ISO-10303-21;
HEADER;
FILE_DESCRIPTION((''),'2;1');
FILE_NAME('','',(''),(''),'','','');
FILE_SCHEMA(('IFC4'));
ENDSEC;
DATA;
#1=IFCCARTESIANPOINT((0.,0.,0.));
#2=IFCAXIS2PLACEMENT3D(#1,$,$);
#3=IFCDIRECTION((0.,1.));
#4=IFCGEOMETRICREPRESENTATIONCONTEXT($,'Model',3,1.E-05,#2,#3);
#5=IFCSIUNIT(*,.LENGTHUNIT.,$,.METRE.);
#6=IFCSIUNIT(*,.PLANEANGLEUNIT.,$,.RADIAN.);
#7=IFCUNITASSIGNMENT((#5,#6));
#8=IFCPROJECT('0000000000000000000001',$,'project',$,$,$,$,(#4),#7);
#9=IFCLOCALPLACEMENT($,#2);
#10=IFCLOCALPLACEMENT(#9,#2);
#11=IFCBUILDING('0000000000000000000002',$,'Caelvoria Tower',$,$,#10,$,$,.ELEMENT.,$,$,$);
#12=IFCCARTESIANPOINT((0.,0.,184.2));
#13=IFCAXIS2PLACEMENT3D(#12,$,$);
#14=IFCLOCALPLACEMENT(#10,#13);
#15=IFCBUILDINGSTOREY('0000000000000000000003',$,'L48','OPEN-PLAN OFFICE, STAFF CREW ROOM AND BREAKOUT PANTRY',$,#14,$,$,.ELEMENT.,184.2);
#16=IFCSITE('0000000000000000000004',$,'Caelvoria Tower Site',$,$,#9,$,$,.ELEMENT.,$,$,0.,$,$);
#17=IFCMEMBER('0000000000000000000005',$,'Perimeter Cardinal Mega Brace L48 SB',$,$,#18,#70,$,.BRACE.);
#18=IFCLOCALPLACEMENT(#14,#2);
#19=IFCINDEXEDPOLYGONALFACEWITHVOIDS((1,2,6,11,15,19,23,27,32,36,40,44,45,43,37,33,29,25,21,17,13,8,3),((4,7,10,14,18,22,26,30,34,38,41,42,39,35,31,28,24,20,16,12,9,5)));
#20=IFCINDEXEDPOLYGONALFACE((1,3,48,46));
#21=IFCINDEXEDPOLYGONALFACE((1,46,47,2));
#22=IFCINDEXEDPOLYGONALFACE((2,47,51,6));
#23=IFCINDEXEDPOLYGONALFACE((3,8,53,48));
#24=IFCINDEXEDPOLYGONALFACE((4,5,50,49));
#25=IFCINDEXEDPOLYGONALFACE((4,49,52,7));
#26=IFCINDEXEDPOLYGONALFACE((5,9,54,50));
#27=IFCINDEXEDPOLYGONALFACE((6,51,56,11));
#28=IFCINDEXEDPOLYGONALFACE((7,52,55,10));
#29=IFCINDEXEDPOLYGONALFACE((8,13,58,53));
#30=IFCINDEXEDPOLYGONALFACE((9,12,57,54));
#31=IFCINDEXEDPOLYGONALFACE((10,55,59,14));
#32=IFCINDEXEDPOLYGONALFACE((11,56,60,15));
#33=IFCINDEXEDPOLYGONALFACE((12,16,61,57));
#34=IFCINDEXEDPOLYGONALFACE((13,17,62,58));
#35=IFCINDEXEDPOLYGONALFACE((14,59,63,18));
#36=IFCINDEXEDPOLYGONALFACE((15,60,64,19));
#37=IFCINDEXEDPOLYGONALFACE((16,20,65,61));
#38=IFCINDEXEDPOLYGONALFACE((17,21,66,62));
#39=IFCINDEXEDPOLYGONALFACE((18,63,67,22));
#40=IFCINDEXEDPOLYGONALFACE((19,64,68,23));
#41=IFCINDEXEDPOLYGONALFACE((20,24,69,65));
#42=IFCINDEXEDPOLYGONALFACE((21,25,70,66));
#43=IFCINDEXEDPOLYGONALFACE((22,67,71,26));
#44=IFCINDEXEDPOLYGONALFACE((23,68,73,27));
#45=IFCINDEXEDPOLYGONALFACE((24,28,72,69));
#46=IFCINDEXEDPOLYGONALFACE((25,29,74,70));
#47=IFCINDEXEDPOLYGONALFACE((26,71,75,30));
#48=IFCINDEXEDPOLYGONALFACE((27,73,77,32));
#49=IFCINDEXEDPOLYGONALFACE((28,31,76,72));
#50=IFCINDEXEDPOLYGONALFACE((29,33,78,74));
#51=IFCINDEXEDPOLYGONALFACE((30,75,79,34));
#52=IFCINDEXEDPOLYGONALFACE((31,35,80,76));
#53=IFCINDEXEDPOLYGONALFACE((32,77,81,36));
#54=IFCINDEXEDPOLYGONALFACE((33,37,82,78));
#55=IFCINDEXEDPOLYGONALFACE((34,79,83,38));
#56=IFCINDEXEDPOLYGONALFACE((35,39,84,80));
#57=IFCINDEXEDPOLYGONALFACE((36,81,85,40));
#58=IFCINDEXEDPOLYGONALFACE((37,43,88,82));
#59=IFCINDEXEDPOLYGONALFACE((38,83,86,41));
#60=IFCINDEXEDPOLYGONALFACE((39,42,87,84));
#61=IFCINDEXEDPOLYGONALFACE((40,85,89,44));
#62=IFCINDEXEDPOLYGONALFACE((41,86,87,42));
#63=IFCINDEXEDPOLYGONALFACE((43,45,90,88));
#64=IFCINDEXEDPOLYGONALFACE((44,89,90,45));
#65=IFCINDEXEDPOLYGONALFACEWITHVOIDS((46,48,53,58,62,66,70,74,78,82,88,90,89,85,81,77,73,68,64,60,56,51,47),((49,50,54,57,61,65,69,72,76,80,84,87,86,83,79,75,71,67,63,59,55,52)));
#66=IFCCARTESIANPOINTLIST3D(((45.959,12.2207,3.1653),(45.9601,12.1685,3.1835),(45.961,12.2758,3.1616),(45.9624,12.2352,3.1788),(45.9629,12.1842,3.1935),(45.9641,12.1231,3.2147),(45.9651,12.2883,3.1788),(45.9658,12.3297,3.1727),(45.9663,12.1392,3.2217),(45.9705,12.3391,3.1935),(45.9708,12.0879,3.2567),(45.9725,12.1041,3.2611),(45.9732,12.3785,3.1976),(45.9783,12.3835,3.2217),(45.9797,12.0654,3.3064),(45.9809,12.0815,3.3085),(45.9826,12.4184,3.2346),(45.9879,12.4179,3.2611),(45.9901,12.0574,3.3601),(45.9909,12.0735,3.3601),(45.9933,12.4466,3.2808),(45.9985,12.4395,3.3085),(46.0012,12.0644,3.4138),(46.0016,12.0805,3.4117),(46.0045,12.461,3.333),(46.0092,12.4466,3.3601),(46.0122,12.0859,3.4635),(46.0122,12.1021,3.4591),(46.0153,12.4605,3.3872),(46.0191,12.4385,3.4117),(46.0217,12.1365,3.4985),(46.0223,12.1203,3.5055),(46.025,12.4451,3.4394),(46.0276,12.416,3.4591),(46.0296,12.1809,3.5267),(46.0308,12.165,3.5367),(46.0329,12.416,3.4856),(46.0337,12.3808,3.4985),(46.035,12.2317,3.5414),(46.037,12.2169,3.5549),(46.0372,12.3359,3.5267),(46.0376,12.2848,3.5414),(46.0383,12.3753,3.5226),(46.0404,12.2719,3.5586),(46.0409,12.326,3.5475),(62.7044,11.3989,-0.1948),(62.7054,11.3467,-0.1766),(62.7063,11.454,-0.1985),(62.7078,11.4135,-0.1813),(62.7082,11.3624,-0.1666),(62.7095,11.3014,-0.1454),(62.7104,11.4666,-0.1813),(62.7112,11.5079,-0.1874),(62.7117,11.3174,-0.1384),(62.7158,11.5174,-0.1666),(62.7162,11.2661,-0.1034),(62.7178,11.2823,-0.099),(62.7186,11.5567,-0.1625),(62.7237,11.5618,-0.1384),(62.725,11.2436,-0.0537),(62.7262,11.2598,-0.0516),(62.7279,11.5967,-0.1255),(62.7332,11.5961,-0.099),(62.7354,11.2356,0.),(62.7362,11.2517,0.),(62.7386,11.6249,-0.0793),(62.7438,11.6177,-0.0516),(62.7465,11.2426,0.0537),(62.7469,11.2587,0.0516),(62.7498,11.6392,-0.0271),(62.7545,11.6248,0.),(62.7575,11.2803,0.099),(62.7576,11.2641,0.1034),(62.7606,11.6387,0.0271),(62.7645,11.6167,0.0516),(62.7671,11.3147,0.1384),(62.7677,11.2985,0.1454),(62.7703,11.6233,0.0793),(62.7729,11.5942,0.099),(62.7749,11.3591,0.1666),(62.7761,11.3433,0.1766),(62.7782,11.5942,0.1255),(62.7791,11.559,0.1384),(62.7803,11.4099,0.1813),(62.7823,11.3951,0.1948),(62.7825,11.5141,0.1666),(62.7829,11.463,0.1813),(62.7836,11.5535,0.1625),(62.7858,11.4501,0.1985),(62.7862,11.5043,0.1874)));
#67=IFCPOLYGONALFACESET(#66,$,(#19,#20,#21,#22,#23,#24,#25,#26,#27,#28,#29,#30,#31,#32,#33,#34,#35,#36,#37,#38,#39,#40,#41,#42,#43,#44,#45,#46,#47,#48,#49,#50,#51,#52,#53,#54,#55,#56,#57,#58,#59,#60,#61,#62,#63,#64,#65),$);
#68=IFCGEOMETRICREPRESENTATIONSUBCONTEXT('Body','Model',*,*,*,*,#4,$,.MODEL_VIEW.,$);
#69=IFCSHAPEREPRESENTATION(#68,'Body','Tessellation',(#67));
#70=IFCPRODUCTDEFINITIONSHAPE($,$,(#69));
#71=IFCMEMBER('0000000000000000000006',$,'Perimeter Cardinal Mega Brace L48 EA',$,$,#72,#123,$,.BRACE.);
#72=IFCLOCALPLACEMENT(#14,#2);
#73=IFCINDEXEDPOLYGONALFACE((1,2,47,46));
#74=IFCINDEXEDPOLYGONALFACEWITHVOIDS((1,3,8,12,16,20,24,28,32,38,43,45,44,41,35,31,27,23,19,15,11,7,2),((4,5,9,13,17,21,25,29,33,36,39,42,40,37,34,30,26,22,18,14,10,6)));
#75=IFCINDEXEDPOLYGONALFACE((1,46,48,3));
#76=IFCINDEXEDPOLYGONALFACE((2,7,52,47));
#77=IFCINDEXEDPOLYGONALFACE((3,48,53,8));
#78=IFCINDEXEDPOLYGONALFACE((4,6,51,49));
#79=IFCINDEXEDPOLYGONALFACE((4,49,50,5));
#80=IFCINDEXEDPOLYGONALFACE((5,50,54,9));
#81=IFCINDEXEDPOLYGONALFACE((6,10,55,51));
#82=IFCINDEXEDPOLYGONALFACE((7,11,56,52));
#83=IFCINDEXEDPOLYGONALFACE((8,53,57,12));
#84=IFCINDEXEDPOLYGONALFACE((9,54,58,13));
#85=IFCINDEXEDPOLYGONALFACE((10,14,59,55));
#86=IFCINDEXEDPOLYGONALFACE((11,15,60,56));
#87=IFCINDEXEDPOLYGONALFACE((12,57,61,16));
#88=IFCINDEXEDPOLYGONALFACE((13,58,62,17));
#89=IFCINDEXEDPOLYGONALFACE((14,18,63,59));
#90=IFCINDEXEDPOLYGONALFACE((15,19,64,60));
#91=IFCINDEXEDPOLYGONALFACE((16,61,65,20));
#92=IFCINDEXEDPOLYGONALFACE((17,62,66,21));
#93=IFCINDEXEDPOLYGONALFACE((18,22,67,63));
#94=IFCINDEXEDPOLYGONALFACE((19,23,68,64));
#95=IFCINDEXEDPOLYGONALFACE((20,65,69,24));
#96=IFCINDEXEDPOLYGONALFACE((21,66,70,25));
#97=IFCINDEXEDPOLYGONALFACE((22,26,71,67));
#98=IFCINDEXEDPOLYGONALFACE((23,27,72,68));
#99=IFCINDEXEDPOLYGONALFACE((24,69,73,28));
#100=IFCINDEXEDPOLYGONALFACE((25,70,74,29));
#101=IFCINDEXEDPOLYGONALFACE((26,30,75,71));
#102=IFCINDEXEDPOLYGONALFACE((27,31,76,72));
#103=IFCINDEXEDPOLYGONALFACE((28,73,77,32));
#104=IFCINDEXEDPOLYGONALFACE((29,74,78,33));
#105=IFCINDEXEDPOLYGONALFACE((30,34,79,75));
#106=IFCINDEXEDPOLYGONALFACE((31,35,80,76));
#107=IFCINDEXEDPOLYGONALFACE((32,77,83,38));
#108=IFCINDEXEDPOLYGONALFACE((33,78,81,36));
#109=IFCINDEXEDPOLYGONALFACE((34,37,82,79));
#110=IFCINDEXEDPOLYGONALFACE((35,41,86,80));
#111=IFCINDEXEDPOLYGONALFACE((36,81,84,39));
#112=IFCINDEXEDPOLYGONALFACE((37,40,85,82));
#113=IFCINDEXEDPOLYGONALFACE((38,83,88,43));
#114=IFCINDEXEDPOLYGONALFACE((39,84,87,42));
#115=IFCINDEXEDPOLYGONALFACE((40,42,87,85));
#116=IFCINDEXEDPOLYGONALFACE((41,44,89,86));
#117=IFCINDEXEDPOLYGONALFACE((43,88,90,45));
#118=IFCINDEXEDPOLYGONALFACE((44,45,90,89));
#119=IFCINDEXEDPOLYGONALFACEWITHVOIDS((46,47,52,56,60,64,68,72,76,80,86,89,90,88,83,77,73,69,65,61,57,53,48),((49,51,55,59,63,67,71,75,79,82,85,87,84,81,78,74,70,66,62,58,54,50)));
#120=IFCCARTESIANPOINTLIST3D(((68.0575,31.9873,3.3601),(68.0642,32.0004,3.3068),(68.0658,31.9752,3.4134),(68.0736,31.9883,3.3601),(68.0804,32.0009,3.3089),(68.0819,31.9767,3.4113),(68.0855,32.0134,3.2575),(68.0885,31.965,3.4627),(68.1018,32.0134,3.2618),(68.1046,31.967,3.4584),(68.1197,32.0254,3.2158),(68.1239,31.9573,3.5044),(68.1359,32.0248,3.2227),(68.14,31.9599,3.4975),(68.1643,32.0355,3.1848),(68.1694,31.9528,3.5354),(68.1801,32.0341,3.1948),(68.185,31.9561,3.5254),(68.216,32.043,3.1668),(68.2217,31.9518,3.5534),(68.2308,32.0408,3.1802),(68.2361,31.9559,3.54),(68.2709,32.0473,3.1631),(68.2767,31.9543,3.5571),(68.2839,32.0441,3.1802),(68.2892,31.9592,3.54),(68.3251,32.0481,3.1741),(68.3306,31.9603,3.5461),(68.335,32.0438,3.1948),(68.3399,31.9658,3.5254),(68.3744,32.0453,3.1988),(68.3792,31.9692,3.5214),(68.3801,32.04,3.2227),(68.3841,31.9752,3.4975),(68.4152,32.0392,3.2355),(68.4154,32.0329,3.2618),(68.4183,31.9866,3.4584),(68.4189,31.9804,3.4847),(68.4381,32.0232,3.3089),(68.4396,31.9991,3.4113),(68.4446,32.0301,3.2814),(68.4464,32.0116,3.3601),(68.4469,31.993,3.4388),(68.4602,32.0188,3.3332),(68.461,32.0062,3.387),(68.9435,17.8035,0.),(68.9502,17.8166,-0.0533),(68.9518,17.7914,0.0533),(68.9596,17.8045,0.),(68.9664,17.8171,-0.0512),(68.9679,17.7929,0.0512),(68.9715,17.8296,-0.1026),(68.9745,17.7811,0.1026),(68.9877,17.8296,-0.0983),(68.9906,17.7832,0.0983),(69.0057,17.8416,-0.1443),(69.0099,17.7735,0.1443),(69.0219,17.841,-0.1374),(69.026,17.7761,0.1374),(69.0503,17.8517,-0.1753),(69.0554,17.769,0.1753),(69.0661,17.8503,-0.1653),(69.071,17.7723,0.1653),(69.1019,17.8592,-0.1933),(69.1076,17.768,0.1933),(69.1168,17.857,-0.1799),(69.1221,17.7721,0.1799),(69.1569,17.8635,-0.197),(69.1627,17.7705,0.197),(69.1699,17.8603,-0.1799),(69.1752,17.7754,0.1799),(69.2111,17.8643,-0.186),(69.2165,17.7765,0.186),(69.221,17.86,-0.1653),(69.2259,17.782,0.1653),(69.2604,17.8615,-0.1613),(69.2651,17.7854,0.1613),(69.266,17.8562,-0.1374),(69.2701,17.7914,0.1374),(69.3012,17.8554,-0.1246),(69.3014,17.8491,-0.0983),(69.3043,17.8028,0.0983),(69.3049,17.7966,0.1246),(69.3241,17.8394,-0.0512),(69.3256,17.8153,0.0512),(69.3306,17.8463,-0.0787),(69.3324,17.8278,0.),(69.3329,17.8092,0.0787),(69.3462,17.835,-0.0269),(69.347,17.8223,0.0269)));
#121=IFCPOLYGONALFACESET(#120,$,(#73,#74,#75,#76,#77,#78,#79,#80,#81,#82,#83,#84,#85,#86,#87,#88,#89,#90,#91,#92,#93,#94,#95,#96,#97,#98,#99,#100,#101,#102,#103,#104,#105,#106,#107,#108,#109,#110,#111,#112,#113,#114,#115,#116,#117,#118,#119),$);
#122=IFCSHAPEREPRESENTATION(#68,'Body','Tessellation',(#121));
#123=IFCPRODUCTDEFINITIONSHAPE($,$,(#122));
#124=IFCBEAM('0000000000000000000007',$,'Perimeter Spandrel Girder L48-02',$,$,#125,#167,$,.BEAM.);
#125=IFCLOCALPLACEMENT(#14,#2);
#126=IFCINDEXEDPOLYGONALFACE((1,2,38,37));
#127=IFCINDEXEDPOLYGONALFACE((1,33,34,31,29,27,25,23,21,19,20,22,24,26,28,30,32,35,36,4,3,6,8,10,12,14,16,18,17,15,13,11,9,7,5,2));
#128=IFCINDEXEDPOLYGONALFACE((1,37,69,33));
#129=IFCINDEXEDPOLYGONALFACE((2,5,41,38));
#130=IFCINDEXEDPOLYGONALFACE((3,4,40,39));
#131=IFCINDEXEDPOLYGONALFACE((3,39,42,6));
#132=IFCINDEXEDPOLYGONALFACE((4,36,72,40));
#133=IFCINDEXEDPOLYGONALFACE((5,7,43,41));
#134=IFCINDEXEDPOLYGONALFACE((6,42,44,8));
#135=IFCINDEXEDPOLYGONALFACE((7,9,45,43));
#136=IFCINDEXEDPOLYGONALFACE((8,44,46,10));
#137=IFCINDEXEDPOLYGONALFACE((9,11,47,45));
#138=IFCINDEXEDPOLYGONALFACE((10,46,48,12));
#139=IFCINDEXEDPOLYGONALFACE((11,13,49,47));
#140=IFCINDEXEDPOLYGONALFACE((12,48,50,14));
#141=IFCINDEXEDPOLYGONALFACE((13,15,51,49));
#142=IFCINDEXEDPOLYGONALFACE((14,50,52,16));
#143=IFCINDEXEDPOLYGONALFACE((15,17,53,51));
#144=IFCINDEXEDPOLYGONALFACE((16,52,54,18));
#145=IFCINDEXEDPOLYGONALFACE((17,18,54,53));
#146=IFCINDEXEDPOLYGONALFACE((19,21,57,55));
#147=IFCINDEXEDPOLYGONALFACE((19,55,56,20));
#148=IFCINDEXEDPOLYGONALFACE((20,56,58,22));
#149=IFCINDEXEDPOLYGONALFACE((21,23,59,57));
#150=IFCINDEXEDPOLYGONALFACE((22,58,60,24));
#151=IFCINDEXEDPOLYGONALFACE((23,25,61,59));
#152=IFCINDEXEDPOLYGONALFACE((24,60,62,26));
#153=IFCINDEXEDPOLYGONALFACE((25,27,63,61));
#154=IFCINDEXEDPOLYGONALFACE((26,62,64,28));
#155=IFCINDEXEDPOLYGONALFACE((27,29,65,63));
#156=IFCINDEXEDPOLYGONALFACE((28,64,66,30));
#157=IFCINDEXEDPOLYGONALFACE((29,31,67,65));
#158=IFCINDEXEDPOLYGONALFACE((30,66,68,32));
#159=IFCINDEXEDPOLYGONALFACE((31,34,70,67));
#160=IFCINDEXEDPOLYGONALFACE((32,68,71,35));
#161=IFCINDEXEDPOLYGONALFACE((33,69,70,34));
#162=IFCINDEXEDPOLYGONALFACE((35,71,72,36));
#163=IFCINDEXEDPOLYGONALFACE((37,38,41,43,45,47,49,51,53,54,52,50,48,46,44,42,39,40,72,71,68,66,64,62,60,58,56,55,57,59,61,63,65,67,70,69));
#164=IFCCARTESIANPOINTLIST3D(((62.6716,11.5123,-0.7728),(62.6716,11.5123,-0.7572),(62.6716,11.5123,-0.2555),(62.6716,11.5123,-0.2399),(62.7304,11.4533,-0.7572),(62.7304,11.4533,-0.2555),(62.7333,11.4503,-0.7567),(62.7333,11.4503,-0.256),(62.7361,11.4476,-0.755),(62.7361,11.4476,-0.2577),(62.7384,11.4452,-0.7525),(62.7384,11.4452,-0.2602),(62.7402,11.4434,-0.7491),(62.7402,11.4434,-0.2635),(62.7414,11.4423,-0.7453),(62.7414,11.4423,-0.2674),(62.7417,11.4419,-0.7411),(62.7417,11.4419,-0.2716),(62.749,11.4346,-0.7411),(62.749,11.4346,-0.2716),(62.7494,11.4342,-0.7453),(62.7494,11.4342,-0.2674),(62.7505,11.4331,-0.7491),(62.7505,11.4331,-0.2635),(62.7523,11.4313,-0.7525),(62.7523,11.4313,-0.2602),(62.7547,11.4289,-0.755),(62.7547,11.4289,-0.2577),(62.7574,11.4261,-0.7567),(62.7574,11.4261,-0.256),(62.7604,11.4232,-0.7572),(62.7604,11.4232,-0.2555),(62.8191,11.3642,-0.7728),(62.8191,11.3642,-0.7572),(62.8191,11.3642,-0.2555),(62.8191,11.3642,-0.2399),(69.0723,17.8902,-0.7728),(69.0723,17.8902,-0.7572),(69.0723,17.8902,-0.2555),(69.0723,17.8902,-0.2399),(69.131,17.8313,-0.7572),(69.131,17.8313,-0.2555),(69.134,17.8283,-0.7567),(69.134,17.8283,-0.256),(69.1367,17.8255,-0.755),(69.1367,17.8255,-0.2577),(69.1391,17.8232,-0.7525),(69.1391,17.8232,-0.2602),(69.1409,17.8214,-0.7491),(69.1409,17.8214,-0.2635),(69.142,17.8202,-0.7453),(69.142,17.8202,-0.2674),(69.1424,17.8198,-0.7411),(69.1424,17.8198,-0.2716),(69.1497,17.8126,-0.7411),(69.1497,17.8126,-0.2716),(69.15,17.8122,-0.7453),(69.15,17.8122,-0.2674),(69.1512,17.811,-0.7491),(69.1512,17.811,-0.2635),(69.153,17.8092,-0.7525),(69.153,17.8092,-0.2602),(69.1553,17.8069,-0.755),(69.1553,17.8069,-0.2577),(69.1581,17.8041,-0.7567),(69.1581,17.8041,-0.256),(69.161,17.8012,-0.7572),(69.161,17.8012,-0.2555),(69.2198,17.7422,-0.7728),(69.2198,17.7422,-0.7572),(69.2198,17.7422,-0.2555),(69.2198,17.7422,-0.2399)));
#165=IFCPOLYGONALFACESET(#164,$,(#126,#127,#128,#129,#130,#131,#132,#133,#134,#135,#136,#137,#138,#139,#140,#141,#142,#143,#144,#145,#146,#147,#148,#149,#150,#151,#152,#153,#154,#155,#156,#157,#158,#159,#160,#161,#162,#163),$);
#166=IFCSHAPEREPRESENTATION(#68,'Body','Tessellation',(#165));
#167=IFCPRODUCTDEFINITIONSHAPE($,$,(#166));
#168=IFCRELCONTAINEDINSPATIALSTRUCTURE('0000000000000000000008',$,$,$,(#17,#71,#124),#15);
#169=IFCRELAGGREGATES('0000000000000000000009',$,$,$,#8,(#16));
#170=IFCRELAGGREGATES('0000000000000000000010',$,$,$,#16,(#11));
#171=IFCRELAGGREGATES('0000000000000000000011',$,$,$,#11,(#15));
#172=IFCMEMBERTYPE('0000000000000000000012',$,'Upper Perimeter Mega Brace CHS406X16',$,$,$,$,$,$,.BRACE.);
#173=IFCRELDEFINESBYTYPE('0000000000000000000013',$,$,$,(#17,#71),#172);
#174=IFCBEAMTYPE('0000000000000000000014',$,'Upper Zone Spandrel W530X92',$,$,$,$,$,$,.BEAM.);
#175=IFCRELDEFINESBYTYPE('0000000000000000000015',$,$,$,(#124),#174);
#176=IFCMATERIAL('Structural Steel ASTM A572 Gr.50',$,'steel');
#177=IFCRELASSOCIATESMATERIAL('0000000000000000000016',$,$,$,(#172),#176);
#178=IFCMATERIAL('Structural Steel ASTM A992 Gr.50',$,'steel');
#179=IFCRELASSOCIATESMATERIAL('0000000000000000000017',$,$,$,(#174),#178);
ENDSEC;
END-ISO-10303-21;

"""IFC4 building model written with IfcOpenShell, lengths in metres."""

from ifc_helpers import new_model, si_unit, direction, frame, origin, origin_2d, place, context, subcontext, project, spatial, hollow_circle, i_section, extrude, material, material_profile, profile_set, type_object, element, save


model = new_model("IFC4")

# Units and contexts
model_context = context("Model", 3, precision=1e-05, world=origin(), true_north=direction((0.0, 1.0)))
body_context = subcontext(model_context, "Body", "Model", "MODEL_VIEW")
ifc_project = project(units=[si_unit("LENGTHUNIT", "METRE"), si_unit("PLANEANGLEUNIT", "RADIAN")], contexts=[model_context])

# Site, building, storey
site_placement = place(None, origin())
site = spatial("IfcSite", under=ifc_project, at=site_placement, Name="Caelvoria Tower Site", CompositionType="ELEMENT", RefElevation=0.0)
building_placement = place(site_placement, origin())
building = spatial("IfcBuilding", under=site, at=building_placement, Name="Caelvoria Tower", CompositionType="ELEMENT")
storey_placement = place(building_placement, frame((0.0, 0.0, 184.2)))
storey = spatial("IfcBuildingStorey", under=building, at=storey_placement, Name="L48", Description="OPEN-PLAN OFFICE, STAFF CREW ROOM AND BREAKOUT PANTRY", CompositionType="ELEMENT", Elevation=184.2)

# Shared definitions
ifc_material_1 = material(Name="Structural Steel ASTM A572 Gr.50", Category="steel")

# Shared definitions
ifc_material_2 = material(Name="Structural Steel ASTM A992 Gr.50", Category="steel")

# Members
ifc_material_profile_1 = material_profile(ifc_material_1, hollow_circle(Radius=0.2029, WallThickness=0.0161, at=origin_2d()), Name="Structural Steel ASTM A572 Gr.50")
ifc_profile_set_1 = profile_set([ifc_material_profile_1], Name="CHS406X16 - Structural Steel ASTM A572 Gr.50")
member_type = type_object("IfcMemberType", Name="Upper Perimeter Mega Brace CHS406X16", PredefinedType="BRACE", material=ifc_profile_set_1)
member_1_placement = place(storey_placement, frame((62.7454, 11.4382, 0.0), z_axis=(-0.979323, 0.04806, 0.19651), x_axis=(-0.049016, -0.998798, 0.0)))
element("IfcMember", 1, at=member_1_placement, inside=storey, type_object=member_type, Name="Perimeter Cardinal Mega Brace L48 SB", PredefinedType="BRACE", context=body_context, shape_type="SweptSolid", body=[
    extrude(hollow_circle(Radius=0.2029, WallThickness=0.0161, at=origin_2d()), origin(), (0.0, 0.0, 1.0), 17.0989),
])
member_2_placement = place(storey_placement, frame((69.146, 17.8162, 0.0), z_axis=(-0.06067, 0.971276, 0.230092), x_axis=(-0.998055, -0.062343, 0.0)))
element("IfcMember", 2, at=member_2_placement, inside=storey, type_object=member_type, Name="Perimeter Cardinal Mega Brace L48 EA", PredefinedType="BRACE", context=body_context, shape_type="SweptSolid", body=[
    extrude(hollow_circle(Radius=0.2029, WallThickness=0.0161, at=origin_2d()), origin(), (0.0, 0.0, 1.0), 14.6033),
])

# Beam
ifc_material_profile_2 = material_profile(ifc_material_2, i_section(OverallWidth=0.209, OverallDepth=0.533, WebThickness=0.0103, FlangeThickness=0.0156, FilletRadius=0.0161, at=origin_2d()), Name="Structural Steel ASTM A992 Gr.50")
ifc_profile_set_2 = profile_set([ifc_material_profile_2], Name="W530X92 - Structural Steel ASTM A992 Gr.50")
beam_type_1 = type_object("IfcBeamType", Name="Upper Zone Spandrel W530X92", PredefinedType="BEAM", material=ifc_profile_set_2)
beam_1_placement = place(storey_placement, frame((62.7454, 11.4382, -0.5063), z_axis=(0.708362, 0.705849, 0.0), x_axis=(-0.705849, 0.708362, 0.0)))
element("IfcBeam", 3, at=beam_1_placement, inside=storey, type_object=beam_type_1, Name="Perimeter Spandrel Girder L48-02", PredefinedType="BEAM", context=body_context, shape_type="SweptSolid", body=[
    extrude(i_section(OverallWidth=0.209, OverallDepth=0.533, WebThickness=0.0103, FlangeThickness=0.0156, FilletRadius=0.0161, at=origin_2d()), origin(), (0.0, 0.0, 1.0), 9.0359),
])

save(model, "model.ifc")
